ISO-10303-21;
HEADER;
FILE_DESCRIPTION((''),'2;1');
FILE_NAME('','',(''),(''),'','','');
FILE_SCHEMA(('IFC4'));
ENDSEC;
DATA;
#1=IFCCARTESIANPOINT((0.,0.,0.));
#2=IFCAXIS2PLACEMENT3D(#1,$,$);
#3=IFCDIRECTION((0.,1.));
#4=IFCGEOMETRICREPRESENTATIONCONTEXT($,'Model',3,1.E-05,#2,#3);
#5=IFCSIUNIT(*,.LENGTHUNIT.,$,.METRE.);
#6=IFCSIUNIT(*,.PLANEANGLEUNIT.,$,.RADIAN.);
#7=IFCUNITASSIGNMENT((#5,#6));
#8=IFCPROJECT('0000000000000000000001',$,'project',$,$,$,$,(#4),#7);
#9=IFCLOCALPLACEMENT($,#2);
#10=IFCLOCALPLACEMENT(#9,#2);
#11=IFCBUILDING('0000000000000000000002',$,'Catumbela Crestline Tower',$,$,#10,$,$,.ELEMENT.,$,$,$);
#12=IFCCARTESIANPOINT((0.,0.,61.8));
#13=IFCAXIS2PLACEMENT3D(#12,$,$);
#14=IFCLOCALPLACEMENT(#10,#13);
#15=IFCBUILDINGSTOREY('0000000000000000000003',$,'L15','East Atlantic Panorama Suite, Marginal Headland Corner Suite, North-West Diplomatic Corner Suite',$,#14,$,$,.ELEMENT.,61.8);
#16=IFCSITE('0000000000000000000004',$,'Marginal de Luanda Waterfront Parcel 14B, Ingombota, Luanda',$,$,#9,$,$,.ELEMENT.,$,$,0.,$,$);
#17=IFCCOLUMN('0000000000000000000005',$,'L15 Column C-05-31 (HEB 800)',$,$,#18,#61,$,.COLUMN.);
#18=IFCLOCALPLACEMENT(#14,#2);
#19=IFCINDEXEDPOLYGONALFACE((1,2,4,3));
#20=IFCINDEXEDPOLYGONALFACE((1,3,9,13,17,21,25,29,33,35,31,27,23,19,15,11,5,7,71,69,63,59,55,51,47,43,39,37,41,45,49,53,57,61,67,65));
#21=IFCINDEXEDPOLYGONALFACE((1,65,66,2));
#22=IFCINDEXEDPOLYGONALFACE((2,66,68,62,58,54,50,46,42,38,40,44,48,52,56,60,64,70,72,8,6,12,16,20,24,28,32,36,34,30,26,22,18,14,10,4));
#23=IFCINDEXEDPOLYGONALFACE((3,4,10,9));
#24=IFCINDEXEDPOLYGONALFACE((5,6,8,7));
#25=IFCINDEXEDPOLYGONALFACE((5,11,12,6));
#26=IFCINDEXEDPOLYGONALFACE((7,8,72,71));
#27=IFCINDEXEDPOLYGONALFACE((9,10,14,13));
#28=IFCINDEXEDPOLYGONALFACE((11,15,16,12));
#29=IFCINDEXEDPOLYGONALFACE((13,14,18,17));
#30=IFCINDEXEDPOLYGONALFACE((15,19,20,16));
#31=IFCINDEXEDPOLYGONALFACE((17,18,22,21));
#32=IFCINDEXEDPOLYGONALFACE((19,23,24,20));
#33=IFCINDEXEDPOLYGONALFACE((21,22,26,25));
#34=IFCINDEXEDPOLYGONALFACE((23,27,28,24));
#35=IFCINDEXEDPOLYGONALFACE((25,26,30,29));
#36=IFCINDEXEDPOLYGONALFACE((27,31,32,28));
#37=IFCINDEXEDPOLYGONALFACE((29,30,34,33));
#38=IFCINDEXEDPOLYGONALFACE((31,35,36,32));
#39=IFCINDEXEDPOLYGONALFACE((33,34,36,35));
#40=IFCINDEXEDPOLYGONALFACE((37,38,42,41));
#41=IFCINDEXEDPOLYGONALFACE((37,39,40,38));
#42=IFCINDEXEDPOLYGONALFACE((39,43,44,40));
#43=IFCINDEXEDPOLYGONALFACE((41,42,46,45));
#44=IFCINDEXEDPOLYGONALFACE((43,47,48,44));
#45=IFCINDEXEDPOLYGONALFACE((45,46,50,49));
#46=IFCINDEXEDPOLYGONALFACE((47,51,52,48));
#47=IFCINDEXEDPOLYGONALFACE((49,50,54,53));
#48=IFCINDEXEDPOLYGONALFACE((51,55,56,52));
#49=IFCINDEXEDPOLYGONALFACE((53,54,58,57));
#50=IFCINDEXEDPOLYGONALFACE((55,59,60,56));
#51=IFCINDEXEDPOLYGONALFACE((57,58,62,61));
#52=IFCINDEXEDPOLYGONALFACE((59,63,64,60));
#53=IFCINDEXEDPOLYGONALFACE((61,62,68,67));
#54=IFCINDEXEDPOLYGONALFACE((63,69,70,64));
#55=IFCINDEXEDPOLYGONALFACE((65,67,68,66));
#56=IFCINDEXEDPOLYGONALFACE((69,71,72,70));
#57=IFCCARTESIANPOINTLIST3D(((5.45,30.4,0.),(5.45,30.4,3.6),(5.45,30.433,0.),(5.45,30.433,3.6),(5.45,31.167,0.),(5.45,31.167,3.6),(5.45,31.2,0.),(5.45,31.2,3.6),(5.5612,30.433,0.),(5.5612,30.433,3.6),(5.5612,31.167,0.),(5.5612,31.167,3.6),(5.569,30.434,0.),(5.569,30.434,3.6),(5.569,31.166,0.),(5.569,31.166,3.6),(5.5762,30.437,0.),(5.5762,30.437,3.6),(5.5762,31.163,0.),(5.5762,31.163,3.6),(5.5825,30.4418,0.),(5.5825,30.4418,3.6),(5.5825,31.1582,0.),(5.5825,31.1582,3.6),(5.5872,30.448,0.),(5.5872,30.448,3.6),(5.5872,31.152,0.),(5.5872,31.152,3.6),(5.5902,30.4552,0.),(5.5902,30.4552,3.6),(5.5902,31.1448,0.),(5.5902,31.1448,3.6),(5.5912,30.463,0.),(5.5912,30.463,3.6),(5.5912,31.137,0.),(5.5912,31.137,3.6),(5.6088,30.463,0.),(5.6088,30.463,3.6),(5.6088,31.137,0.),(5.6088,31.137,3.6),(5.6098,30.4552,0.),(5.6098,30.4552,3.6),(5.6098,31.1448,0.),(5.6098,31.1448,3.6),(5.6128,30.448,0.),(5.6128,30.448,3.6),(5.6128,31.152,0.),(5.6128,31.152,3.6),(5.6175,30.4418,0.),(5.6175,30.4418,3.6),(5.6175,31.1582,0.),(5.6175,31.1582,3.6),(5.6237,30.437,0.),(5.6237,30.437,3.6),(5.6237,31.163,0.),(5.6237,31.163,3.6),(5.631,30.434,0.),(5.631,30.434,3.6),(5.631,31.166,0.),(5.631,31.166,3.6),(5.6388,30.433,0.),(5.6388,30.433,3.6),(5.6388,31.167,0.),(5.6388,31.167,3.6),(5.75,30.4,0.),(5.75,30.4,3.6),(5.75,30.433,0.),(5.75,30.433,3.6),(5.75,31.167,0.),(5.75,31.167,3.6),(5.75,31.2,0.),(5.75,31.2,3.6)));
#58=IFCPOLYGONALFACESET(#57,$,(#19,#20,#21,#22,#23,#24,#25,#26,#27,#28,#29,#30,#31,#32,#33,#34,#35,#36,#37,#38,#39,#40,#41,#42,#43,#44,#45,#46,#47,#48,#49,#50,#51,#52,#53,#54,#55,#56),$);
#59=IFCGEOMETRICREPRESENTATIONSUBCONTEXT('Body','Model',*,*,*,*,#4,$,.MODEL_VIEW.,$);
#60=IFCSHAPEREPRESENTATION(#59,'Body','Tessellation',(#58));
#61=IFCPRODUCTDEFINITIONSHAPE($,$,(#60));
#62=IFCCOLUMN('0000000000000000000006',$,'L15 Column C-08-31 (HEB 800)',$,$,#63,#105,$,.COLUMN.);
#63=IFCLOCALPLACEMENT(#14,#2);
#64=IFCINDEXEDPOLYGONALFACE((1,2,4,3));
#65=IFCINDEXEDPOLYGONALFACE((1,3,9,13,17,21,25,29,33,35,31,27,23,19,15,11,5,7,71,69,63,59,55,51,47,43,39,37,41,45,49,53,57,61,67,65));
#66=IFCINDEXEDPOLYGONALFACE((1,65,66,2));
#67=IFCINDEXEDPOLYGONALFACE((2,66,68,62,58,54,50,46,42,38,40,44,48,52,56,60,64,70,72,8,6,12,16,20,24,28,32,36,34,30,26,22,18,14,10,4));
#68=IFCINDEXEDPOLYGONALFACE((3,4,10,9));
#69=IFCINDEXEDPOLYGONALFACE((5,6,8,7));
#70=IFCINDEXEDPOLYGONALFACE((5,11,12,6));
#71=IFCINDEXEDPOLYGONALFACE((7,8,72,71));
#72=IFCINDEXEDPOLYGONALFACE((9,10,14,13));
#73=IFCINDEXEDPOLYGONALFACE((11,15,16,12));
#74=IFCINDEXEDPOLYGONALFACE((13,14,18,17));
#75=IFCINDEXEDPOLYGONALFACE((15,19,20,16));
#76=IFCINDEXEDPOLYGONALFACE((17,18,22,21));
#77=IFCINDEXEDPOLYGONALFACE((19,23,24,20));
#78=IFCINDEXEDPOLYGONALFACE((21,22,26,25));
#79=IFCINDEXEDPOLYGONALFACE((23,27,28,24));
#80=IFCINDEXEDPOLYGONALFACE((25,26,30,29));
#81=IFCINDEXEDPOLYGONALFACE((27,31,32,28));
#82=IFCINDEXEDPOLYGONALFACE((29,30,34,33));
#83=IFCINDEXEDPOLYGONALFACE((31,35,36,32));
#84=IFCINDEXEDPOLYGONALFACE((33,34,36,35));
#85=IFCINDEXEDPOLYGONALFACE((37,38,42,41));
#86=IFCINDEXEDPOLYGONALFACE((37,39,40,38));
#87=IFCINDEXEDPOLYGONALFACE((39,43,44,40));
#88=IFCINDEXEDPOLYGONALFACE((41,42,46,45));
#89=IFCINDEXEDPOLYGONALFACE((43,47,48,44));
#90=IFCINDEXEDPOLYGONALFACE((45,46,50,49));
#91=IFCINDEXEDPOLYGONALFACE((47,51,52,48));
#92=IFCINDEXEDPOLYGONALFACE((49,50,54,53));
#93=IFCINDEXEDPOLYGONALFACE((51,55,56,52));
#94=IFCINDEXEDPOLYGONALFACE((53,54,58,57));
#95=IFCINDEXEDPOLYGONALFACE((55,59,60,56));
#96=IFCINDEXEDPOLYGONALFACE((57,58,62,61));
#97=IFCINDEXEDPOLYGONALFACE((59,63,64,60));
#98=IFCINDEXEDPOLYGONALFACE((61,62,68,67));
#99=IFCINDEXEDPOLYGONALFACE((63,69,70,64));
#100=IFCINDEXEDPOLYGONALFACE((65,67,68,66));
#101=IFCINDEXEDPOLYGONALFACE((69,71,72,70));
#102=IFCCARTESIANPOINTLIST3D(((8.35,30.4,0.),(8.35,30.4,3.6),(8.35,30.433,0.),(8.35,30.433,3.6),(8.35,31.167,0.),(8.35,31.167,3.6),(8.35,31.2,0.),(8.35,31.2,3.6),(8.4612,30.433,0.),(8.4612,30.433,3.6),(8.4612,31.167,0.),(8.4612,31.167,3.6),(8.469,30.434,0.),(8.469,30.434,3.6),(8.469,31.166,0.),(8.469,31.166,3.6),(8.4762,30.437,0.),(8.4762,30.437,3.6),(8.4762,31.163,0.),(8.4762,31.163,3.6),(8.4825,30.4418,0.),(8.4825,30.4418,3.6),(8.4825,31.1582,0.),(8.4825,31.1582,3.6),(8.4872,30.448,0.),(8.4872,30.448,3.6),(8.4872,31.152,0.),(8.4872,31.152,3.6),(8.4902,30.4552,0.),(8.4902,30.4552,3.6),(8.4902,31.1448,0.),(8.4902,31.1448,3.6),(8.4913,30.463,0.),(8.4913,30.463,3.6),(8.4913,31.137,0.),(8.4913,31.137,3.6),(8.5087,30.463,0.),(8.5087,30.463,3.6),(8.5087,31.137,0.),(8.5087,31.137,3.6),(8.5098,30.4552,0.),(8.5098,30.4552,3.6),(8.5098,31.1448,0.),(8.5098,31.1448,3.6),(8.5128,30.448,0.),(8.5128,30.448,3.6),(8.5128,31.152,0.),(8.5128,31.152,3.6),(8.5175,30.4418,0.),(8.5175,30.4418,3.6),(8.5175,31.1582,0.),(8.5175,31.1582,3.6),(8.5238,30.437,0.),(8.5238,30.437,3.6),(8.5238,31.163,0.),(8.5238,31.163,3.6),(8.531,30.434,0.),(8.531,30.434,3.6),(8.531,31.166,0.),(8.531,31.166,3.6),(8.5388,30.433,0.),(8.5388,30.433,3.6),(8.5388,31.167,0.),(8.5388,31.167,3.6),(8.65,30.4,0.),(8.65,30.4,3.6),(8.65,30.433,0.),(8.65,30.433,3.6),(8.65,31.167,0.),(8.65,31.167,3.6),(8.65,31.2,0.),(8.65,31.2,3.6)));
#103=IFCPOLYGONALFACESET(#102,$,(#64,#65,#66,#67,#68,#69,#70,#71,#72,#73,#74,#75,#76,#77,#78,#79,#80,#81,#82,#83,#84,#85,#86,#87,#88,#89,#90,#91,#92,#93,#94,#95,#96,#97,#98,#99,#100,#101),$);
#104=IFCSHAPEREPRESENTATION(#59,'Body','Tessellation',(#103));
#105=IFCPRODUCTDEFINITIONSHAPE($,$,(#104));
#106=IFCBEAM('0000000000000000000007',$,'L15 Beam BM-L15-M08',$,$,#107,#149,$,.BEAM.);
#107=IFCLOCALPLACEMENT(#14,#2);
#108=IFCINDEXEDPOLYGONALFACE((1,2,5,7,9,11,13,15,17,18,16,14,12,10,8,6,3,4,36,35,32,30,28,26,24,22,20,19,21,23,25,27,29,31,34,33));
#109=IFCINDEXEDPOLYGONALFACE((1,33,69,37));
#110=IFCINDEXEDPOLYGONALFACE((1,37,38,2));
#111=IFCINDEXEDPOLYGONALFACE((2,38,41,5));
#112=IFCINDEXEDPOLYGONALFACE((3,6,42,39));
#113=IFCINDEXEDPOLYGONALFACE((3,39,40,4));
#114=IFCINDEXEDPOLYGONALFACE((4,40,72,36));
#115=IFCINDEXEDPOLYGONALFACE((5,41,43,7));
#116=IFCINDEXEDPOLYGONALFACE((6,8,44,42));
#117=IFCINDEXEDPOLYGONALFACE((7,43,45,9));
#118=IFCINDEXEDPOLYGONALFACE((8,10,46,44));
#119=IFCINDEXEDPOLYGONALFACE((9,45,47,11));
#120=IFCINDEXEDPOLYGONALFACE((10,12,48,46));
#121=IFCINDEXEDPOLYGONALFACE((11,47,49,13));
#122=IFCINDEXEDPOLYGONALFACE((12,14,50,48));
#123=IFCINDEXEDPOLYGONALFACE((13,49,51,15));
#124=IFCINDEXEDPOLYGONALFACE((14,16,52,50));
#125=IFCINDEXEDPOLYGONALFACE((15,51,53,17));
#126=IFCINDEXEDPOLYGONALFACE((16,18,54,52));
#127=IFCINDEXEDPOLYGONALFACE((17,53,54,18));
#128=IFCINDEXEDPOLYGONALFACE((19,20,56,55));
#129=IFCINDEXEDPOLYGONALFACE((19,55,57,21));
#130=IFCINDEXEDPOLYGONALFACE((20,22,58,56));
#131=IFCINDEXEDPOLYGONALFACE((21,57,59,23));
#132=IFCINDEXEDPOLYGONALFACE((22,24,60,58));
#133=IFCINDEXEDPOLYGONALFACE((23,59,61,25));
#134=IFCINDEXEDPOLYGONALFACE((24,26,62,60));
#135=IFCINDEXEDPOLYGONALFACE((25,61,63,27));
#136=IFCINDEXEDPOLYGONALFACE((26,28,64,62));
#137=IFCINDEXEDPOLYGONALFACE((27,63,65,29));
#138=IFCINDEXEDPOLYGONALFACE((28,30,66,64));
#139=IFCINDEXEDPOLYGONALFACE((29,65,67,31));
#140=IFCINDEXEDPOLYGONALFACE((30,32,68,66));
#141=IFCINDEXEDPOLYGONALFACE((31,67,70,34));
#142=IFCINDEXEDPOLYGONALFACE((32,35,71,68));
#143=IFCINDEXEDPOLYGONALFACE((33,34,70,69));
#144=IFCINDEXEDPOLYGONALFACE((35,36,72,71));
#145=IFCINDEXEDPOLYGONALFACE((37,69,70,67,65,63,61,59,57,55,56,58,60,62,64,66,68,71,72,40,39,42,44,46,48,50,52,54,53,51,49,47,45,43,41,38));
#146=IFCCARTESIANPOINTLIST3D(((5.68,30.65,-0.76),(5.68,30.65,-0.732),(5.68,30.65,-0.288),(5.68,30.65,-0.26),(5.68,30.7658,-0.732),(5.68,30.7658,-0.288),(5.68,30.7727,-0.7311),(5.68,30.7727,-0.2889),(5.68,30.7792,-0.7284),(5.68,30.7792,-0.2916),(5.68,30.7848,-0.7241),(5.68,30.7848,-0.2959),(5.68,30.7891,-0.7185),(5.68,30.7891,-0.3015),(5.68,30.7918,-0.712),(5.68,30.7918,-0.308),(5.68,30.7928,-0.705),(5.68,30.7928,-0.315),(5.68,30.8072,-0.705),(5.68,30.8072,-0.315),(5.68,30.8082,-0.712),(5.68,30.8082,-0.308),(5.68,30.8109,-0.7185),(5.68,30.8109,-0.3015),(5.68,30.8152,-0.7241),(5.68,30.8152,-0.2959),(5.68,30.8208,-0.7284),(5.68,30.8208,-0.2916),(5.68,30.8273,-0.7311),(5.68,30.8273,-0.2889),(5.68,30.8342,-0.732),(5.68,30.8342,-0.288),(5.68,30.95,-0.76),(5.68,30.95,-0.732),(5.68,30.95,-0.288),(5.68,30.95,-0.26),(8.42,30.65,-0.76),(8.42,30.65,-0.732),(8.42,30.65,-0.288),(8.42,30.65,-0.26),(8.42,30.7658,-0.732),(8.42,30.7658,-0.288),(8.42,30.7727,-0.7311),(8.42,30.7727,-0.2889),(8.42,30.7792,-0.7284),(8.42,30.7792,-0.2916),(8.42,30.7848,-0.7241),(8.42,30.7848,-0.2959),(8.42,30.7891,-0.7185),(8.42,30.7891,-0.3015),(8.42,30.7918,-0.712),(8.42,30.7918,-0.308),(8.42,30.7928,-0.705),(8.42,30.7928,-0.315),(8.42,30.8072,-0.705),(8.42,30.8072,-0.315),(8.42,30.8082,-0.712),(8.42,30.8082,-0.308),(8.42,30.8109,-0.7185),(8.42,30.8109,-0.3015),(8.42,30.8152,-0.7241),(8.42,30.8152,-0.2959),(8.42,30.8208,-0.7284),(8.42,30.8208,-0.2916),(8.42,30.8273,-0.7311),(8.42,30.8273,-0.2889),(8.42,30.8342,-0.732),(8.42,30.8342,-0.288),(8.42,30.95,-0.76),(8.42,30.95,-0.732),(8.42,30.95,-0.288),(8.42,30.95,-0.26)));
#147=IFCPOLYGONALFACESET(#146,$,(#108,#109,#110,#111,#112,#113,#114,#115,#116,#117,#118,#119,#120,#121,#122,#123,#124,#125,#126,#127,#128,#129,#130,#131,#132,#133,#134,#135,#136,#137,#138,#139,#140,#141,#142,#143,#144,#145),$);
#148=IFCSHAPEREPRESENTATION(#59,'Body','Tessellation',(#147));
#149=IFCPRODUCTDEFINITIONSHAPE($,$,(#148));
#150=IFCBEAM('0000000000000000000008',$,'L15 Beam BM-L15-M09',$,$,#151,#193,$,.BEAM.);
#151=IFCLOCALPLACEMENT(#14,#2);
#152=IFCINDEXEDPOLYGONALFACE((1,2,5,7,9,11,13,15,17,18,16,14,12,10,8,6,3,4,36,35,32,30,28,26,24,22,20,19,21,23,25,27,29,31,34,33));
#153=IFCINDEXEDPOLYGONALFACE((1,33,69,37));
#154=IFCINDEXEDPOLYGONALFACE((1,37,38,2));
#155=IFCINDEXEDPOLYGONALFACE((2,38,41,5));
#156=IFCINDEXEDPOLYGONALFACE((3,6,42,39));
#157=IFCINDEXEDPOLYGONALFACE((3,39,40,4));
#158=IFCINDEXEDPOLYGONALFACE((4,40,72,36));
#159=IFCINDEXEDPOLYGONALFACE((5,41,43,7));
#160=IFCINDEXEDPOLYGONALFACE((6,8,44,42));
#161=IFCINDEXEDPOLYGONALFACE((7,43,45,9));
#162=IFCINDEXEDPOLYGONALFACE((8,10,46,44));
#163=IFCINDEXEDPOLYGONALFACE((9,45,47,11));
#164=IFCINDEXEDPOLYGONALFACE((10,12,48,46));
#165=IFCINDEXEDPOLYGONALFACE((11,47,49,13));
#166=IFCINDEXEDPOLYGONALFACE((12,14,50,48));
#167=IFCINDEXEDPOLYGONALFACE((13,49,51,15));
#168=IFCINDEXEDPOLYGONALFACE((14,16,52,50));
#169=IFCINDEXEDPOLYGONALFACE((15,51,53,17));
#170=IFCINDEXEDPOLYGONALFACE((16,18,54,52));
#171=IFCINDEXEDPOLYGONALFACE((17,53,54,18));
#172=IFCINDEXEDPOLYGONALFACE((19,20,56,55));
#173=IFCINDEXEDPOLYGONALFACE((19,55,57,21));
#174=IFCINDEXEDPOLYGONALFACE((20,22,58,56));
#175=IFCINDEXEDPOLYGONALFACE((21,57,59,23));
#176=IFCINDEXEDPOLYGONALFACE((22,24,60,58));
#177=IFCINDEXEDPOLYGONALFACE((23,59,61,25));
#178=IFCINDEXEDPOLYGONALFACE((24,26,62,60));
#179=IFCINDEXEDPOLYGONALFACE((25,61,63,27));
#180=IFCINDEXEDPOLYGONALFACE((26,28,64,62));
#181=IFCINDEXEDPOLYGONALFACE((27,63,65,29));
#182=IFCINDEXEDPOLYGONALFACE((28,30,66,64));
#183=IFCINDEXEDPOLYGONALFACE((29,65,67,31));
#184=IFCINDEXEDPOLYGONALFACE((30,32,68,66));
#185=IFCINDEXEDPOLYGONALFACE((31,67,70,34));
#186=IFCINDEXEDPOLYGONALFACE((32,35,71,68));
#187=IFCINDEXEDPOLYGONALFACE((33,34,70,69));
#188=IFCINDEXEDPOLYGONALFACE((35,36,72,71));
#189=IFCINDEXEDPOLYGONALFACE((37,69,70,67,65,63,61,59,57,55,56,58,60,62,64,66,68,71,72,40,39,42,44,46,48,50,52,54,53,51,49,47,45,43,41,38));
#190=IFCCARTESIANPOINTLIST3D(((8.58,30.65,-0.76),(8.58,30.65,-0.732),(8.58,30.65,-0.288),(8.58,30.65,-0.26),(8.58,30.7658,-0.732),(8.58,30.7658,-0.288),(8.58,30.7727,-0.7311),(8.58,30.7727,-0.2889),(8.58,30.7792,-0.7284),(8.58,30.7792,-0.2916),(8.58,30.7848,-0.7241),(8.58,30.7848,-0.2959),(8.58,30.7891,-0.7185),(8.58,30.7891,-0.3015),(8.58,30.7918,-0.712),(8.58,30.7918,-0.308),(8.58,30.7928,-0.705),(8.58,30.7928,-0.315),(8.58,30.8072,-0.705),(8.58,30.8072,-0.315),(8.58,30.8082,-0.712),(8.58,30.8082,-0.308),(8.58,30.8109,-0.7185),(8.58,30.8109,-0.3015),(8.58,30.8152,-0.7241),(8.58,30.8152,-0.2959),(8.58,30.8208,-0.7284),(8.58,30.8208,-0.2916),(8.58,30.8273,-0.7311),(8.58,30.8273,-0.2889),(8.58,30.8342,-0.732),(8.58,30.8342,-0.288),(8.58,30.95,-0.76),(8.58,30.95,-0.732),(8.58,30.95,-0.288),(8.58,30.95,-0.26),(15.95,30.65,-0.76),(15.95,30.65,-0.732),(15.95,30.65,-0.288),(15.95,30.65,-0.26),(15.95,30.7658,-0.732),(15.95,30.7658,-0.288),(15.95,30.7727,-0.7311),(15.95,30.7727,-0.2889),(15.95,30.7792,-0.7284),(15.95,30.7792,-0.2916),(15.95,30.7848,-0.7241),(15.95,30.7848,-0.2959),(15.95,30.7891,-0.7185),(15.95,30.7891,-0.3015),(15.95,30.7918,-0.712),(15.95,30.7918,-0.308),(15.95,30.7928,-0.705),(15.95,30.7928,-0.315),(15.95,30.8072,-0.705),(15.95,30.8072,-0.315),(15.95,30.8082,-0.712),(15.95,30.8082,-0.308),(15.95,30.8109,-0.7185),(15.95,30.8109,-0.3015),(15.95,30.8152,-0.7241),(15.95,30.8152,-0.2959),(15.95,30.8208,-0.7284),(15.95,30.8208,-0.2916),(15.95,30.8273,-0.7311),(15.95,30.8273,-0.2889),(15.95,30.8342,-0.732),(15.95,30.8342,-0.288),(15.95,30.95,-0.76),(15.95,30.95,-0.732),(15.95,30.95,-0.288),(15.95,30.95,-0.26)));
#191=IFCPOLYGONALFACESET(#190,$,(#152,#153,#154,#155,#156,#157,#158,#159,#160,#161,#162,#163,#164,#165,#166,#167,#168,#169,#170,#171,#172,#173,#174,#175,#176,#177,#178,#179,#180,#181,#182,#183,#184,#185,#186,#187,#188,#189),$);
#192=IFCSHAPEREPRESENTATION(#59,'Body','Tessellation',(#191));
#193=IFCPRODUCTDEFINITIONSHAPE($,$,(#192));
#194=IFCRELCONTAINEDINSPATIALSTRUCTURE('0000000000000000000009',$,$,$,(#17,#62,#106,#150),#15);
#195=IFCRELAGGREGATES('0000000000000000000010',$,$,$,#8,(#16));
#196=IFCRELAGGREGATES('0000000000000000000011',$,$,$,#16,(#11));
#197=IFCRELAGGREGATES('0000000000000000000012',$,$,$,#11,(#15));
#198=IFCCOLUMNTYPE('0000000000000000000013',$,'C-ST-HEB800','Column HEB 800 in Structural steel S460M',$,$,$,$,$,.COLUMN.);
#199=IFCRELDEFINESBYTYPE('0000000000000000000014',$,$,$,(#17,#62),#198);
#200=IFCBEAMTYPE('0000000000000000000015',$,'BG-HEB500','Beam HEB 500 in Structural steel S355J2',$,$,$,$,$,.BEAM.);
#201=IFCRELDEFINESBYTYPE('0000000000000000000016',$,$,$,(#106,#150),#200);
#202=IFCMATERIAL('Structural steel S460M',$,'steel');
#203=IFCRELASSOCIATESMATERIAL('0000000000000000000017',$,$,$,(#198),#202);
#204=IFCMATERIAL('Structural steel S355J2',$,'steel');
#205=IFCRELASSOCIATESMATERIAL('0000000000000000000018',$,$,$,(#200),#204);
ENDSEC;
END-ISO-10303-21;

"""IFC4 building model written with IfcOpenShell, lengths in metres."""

from ifc_helpers import new_model, si_unit, direction, frame, origin, origin_2d, place, context, subcontext, project, spatial, i_section, extrude, material, material_profile, profile_set, type_object, element, save


model = new_model("IFC4")

# Units and contexts
model_context = context("Model", 3, precision=1e-05, world=origin(), true_north=direction((0.0, 1.0)))
body_context = subcontext(model_context, "Body", "Model", "MODEL_VIEW")
ifc_project = project(units=[si_unit("LENGTHUNIT", "METRE"), si_unit("PLANEANGLEUNIT", "RADIAN")], contexts=[model_context])

# Site, building, storey
site_placement = place(None, origin())
site = spatial("IfcSite", under=ifc_project, at=site_placement, Name="Marginal de Luanda Waterfront Parcel 14B, Ingombota, Luanda", CompositionType="ELEMENT", RefElevation=0.0)
building_placement = place(site_placement, origin())
building = spatial("IfcBuilding", under=site, at=building_placement, Name="Catumbela Crestline Tower", CompositionType="ELEMENT")
storey_placement = place(building_placement, frame((0.0, 0.0, 61.8)))
storey = spatial("IfcBuildingStorey", under=building, at=storey_placement, Name="L15", Description="East Atlantic Panorama Suite, Marginal Headland Corner Suite, North-West Diplomatic Corner Suite", CompositionType="ELEMENT", Elevation=61.8)

# Columns
ifc_material_1 = material(Name="Structural steel S460M", Category="steel")
ifc_material_profile_1 = material_profile(ifc_material_1, i_section(OverallWidth=0.3, OverallDepth=0.8, WebThickness=0.0175, FlangeThickness=0.033, FilletRadius=0.03, at=origin_2d()), Name="HEB 800")
ifc_profile_set_1 = profile_set([ifc_material_profile_1], Name="Structural steel S460M")
column_type = type_object("IfcColumnType", Name="C-ST-HEB800", Description="Column HEB 800 in Structural steel S460M", PredefinedType="COLUMN", material=ifc_profile_set_1)
for number, where, z_axis, x_axis, name in (
    (1, (5.6, 30.8, 0.0), (0.0, 0.0, 1.0), (1.0, 0.0, 0.0), "L15 Column C-05-31 (HEB 800)"),
    (2, (8.5, 30.8, 0.0), (0.0, 0.0, 1.0), (1.0, 0.0, 0.0), "L15 Column C-08-31 (HEB 800)"),
):
    element("IfcColumn", number, at=place(storey_placement, frame(where, z_axis=z_axis, x_axis=x_axis)), inside=storey, type_object=column_type, Name=name, PredefinedType="COLUMN", context=body_context, shape_type="SweptSolid", body=[
        extrude(i_section(OverallWidth=0.3, OverallDepth=0.8, WebThickness=0.0175, FlangeThickness=0.033, FilletRadius=0.03, at=origin_2d()), origin(), (0.0, 0.0, 1.0), 3.6),
    ])

# Beams
ifc_material_2 = material(Name="Structural steel S355J2", Category="steel")
ifc_material_profile_2 = material_profile(ifc_material_2, i_section(OverallWidth=0.3, OverallDepth=0.5, WebThickness=0.0145, FlangeThickness=0.028, FilletRadius=0.027, at=origin_2d()), Name="HEB 500")
ifc_profile_set_2 = profile_set([ifc_material_profile_2], Name="Structural steel S355J2")
beam_type = type_object("IfcBeamType", Name="BG-HEB500", Description="Beam HEB 500 in Structural steel S355J2", PredefinedType="BEAM", material=ifc_profile_set_2)
beam_1_placement = place(storey_placement, frame((5.68, 30.8, -0.51), z_axis=(1.0, 0.0, 0.0), x_axis=(0.0, 1.0, 0.0)))
element("IfcBeam", 3, at=beam_1_placement, inside=storey, type_object=beam_type, Name="L15 Beam BM-L15-M08", PredefinedType="BEAM", context=body_context, shape_type="SweptSolid", body=[
    extrude(i_section(OverallWidth=0.3, OverallDepth=0.5, WebThickness=0.0145, FlangeThickness=0.028, FilletRadius=0.027, at=origin_2d()), origin(), (0.0, 0.0, 1.0), 2.74),
])
beam_2_placement = place(storey_placement, frame((8.58, 30.8, -0.51), z_axis=(1.0, 0.0, 0.0), x_axis=(0.0, 1.0, 0.0)))
element("IfcBeam", 4, at=beam_2_placement, inside=storey, type_object=beam_type, Name="L15 Beam BM-L15-M09", PredefinedType="BEAM", context=body_context, shape_type="SweptSolid", body=[
    extrude(i_section(OverallWidth=0.3, OverallDepth=0.5, WebThickness=0.0145, FlangeThickness=0.028, FilletRadius=0.027, at=origin_2d()), origin(), (0.0, 0.0, 1.0), 7.37),
])

save(model, "model.ifc")
